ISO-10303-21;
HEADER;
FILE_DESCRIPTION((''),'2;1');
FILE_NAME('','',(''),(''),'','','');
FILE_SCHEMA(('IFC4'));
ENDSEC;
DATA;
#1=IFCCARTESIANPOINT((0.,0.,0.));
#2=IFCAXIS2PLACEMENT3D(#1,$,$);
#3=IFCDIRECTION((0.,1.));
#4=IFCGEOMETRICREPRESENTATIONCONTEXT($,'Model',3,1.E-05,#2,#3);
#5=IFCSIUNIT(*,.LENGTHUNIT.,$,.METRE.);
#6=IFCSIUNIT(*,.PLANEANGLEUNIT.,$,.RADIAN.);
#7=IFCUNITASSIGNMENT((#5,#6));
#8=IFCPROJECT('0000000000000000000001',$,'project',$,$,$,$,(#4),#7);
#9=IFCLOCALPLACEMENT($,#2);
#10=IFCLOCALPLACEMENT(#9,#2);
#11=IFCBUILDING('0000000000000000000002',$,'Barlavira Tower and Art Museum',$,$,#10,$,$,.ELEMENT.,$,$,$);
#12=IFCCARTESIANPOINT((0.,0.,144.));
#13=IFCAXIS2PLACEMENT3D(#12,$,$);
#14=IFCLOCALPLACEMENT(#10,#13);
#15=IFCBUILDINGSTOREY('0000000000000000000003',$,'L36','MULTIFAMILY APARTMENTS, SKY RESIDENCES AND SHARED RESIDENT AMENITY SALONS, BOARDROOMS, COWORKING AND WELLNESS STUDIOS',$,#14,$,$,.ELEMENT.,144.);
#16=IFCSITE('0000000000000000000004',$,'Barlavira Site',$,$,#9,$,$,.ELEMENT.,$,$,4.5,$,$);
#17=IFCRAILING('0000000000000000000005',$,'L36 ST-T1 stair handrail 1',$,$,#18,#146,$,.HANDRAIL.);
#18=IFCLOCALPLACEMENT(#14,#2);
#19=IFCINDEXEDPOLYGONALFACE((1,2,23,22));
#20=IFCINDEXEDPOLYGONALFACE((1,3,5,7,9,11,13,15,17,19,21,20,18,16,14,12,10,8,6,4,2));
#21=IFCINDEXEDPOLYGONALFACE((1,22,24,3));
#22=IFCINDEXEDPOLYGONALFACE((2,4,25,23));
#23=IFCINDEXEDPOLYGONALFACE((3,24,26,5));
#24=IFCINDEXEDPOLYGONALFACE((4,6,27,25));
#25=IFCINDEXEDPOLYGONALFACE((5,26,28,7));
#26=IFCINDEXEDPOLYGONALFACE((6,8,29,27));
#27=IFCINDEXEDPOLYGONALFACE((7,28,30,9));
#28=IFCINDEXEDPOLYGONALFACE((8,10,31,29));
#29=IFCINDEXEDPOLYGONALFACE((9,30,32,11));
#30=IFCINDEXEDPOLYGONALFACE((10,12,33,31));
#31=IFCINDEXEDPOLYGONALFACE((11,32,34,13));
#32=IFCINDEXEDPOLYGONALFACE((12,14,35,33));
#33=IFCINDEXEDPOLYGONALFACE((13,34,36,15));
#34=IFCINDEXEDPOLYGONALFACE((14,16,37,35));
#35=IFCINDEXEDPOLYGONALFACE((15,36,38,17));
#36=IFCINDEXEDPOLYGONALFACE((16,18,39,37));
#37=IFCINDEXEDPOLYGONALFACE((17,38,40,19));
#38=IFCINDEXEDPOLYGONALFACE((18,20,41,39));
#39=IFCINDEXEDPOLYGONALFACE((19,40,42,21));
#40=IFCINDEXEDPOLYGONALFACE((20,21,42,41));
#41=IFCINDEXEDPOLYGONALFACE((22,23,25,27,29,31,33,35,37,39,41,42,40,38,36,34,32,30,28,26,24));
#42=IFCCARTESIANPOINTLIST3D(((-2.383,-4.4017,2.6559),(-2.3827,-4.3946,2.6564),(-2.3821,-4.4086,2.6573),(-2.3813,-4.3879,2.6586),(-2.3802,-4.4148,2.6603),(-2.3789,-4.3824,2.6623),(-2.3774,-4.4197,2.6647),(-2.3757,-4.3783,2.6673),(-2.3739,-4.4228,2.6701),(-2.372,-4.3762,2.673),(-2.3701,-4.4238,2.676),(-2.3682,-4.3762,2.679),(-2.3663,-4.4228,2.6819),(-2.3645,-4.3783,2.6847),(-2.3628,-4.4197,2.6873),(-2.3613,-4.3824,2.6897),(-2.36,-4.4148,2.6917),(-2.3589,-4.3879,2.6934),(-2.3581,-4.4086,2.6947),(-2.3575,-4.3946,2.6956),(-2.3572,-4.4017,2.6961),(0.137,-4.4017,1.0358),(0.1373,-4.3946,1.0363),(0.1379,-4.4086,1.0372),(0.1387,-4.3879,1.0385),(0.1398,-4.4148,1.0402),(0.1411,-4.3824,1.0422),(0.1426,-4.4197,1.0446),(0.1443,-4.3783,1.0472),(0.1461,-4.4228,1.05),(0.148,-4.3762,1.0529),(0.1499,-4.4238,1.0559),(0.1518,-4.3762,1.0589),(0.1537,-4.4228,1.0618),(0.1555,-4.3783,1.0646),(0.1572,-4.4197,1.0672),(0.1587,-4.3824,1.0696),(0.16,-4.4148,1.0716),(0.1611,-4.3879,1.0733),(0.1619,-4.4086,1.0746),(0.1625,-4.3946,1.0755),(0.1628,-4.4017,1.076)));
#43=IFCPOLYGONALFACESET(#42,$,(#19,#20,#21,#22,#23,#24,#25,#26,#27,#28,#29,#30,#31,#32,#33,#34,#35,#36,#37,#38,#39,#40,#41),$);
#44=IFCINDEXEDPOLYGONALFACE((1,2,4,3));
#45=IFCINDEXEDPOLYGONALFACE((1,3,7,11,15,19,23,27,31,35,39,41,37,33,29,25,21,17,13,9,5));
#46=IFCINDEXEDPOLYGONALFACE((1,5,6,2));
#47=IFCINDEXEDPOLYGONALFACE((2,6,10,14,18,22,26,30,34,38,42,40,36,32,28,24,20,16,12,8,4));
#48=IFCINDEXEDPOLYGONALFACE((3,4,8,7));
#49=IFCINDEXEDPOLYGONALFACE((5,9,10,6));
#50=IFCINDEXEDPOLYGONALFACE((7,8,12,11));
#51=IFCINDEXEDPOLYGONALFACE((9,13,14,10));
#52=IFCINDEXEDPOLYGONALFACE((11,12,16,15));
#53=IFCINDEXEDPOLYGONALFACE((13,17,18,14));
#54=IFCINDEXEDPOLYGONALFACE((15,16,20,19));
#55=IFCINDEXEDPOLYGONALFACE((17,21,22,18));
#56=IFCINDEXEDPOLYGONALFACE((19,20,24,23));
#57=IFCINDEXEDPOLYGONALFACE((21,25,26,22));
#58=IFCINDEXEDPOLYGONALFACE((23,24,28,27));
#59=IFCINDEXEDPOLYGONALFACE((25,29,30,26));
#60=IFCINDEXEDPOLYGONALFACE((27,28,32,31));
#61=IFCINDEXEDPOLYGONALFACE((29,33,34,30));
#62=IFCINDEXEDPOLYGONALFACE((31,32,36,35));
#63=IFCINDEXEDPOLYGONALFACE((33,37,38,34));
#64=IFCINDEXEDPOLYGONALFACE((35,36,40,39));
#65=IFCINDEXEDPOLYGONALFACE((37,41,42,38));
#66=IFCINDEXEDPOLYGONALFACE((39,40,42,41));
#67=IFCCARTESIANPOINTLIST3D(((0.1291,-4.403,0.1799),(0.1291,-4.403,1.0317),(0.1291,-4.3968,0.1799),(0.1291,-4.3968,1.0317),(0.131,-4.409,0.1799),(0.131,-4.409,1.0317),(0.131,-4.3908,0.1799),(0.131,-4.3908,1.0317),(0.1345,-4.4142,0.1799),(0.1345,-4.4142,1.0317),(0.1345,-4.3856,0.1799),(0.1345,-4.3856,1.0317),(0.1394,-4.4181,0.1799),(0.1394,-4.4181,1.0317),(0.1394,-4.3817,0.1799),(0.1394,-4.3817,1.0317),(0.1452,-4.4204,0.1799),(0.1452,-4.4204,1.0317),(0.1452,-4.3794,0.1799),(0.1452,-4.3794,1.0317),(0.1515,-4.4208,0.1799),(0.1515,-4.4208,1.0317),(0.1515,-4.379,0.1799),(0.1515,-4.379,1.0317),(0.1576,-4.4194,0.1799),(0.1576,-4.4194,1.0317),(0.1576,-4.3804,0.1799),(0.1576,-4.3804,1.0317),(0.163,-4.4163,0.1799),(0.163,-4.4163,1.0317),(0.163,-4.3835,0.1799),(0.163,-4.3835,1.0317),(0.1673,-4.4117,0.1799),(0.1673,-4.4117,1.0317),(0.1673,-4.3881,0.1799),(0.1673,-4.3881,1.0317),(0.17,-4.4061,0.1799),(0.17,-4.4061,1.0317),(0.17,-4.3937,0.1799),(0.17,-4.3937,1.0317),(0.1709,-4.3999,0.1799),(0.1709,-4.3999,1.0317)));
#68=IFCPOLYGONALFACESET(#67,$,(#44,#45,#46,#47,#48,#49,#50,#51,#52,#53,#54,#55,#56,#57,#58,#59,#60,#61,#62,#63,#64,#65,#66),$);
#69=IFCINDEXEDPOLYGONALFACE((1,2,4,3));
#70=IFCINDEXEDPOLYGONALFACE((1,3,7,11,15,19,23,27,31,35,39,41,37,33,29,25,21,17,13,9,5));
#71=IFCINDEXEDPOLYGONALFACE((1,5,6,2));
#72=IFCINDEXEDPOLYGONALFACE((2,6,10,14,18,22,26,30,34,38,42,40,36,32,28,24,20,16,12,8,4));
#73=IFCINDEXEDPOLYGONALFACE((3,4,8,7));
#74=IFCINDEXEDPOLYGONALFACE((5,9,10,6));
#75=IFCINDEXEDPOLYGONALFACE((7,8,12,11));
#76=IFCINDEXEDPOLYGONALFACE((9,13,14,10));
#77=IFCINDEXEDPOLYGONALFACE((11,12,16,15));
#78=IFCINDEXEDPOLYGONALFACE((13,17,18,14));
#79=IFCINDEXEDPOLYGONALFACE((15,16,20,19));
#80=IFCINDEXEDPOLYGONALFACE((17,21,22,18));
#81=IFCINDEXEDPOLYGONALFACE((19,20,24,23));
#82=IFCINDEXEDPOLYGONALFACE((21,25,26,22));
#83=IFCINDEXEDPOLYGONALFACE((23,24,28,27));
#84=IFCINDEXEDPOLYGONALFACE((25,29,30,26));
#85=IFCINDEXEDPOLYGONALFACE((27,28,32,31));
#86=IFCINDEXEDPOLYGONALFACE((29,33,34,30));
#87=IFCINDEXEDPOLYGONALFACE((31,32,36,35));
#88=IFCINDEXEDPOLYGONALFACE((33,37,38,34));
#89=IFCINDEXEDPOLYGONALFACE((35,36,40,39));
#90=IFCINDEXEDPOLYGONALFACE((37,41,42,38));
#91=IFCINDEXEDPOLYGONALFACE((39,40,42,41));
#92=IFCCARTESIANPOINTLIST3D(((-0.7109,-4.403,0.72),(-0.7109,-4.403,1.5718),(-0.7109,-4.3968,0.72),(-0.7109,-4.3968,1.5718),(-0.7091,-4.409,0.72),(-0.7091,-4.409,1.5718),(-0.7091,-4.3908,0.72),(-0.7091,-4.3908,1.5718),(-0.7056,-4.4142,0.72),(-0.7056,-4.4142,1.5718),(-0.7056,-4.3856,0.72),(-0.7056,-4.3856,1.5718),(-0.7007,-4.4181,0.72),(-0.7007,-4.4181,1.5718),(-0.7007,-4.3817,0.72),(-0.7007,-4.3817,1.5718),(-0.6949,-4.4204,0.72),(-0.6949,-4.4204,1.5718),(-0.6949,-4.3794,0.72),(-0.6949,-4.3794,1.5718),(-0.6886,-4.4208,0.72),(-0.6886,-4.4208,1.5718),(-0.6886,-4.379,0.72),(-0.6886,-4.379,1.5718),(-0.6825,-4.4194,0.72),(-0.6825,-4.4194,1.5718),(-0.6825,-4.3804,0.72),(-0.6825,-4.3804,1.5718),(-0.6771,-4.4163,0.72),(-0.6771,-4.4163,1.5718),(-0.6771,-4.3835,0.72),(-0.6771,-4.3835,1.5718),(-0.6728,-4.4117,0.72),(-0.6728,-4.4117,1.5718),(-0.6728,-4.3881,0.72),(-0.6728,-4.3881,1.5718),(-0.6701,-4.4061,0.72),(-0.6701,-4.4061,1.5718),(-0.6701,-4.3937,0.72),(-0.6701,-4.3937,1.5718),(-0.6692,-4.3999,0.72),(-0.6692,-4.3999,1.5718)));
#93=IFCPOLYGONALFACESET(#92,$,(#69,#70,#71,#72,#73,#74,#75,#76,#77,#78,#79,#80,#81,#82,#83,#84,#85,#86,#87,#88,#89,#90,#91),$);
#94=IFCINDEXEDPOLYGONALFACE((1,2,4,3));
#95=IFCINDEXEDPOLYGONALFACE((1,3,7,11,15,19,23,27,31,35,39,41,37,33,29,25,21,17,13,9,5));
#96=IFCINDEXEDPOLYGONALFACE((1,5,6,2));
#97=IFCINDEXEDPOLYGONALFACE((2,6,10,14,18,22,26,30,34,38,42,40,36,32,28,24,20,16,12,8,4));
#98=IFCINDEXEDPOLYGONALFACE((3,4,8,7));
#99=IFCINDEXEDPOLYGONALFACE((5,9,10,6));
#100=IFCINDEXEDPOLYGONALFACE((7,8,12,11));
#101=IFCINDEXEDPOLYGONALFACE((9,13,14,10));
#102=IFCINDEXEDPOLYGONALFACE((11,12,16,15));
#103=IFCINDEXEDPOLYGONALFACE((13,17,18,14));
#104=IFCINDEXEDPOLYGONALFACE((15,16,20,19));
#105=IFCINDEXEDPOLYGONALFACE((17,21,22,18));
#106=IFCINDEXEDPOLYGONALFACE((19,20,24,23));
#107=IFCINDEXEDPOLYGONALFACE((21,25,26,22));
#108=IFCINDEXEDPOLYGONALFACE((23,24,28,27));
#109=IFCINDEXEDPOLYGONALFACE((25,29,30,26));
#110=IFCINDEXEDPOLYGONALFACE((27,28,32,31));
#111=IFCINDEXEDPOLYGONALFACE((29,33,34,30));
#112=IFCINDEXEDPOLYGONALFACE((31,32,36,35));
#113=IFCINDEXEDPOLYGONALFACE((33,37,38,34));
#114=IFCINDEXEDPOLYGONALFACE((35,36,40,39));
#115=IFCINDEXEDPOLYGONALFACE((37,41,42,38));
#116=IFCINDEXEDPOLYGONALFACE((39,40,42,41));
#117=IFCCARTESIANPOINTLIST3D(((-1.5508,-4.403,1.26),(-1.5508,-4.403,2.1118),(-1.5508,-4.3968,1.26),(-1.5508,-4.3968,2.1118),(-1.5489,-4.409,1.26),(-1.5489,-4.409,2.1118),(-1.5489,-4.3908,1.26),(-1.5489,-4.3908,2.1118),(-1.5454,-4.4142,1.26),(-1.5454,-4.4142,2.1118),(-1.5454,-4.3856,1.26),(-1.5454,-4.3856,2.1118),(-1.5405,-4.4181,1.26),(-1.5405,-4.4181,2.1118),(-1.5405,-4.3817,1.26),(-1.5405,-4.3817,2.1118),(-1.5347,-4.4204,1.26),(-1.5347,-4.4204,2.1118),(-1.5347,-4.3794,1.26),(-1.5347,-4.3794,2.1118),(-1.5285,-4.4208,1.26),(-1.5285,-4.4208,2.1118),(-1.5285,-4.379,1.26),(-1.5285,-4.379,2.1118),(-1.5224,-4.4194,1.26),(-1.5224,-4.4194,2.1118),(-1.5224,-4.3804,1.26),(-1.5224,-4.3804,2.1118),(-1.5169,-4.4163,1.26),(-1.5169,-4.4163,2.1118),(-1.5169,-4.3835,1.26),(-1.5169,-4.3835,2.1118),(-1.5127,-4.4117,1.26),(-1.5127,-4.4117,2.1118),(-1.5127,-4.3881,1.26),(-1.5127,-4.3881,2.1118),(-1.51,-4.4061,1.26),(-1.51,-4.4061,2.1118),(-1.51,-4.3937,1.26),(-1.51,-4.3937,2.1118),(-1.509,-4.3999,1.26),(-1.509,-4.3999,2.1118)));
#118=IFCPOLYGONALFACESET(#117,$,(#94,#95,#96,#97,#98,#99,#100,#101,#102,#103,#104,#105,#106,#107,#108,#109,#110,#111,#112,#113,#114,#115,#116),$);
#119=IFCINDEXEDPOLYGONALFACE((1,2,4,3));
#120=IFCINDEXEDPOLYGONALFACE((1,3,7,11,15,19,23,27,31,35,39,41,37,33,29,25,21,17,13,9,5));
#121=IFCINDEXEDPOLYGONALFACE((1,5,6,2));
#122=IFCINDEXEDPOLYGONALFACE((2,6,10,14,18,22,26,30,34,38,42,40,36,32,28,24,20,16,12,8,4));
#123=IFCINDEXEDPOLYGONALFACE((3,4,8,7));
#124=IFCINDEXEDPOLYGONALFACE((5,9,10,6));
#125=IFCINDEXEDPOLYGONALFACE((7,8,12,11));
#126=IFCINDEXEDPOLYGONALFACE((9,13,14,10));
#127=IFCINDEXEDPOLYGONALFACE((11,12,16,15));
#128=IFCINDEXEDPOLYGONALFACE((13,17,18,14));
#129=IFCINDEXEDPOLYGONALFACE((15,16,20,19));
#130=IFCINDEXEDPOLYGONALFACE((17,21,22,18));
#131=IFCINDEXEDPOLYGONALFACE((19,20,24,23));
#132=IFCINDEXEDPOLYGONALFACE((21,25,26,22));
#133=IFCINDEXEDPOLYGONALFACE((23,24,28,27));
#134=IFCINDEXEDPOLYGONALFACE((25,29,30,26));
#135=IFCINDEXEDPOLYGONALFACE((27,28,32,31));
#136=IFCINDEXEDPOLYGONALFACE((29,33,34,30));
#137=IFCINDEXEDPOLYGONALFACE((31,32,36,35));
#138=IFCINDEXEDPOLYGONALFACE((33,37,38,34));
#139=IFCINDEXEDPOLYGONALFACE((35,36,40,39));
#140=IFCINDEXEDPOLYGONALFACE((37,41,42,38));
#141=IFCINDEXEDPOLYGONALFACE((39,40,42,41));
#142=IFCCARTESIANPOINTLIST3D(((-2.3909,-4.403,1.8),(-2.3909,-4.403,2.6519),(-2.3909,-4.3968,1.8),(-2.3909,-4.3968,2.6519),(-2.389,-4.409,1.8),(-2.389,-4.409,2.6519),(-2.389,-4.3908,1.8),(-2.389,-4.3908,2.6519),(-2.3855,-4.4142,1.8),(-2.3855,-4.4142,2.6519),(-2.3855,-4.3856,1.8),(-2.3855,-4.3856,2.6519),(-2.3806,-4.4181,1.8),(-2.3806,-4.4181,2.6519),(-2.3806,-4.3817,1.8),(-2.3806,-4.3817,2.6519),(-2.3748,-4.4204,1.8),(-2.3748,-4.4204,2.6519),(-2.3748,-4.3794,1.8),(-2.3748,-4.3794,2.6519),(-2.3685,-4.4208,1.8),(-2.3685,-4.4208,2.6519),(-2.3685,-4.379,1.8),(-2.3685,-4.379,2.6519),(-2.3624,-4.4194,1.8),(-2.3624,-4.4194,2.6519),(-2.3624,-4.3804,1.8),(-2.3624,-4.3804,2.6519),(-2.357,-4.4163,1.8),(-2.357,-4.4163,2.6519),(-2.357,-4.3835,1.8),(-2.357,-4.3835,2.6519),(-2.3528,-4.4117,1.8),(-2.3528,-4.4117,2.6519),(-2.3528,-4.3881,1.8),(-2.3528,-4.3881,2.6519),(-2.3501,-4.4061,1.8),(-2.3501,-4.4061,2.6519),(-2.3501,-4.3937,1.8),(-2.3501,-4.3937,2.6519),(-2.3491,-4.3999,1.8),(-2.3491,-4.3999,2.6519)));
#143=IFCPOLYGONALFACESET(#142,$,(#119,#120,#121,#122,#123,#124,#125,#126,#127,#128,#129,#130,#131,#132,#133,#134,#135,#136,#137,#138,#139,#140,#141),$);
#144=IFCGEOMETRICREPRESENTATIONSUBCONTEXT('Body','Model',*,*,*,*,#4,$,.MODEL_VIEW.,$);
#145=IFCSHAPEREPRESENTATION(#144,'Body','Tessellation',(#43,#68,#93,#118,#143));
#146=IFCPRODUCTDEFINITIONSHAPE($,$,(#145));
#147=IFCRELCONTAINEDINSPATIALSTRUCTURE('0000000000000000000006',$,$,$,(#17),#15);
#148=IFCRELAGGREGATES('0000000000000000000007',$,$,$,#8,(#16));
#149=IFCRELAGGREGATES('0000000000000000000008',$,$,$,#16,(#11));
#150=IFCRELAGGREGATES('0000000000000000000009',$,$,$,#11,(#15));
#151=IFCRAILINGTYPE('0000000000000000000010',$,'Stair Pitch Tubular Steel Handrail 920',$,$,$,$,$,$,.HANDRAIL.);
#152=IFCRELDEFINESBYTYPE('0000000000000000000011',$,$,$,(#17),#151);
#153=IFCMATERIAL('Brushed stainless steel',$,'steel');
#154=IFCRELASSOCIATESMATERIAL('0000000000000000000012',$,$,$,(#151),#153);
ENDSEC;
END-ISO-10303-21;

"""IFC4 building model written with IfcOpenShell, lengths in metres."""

from ifc_helpers import new_model, si_unit, direction, frame, origin, origin_2d, place, context, subcontext, project, spatial, circle, extrude, material, type_object, element, save


model = new_model("IFC4")

# Units and contexts
model_context = context("Model", 3, precision=1e-05, world=origin(), true_north=direction((0.0, 1.0)))
body_context = subcontext(model_context, "Body", "Model", "MODEL_VIEW")
ifc_project = project(units=[si_unit("LENGTHUNIT", "METRE"), si_unit("PLANEANGLEUNIT", "RADIAN")], contexts=[model_context])

# Site, building, storey
site_placement = place(None, origin())
site = spatial("IfcSite", under=ifc_project, at=site_placement, Name="Barlavira Site", CompositionType="ELEMENT", RefElevation=4.5)
building_placement = place(site_placement, origin())
building = spatial("IfcBuilding", under=site, at=building_placement, Name="Barlavira Tower and Art Museum", CompositionType="ELEMENT")
storey_placement = place(building_placement, frame((0.0, 0.0, 144.0)))
storey = spatial("IfcBuildingStorey", under=building, at=storey_placement, Name="L36", Description="MULTIFAMILY APARTMENTS, SKY RESIDENCES AND SHARED RESIDENT AMENITY SALONS, BOARDROOMS, COWORKING AND WELLNESS STUDIOS", CompositionType="ELEMENT", Elevation=144.0)

# Shared definitions
ifc_material_1 = material(Name="Brushed stainless steel", Category="steel")

# Railing
railing_type_1 = type_object("IfcRailingType", Name="Stair Pitch Tubular Steel Handrail 920", PredefinedType="HANDRAIL", material=ifc_material_1)
railing_1_placement = place(storey_placement, frame((0.1499, -4.3999, 0.1799)))
element("IfcRailing", 1, at=railing_1_placement, inside=storey, type_object=railing_type_1, Name="L36 ST-T1 stair handrail 1", PredefinedType="HANDRAIL", context=body_context, shape_type="SweptSolid", body=[
    extrude(circle(Radius=0.0239, at=origin_2d()), frame((0.0, 0.0, 0.876), z_axis=(-0.841163, 0.0, 0.540782), x_axis=(0.0, -1.0, 0.0)), (0.0, 0.0, 1.0), 2.9958),
    extrude(circle(Radius=0.021, at=origin_2d()), origin(), (0.0, 0.0, 1.0), 0.8518),
    extrude(circle(Radius=0.021, at=origin_2d()), frame((-0.8401, 0.0, 0.54)), (0.0, 0.0, 1.0), 0.8518),
    extrude(circle(Radius=0.021, at=origin_2d()), frame((-1.6799, 0.0, 1.0801)), (0.0, 0.0, 1.0), 0.8518),
    extrude(circle(Radius=0.021, at=origin_2d()), frame((-2.52, 0.0, 1.6201)), (0.0, 0.0, 1.0), 0.8518),
])

save(model, "model.ifc")
